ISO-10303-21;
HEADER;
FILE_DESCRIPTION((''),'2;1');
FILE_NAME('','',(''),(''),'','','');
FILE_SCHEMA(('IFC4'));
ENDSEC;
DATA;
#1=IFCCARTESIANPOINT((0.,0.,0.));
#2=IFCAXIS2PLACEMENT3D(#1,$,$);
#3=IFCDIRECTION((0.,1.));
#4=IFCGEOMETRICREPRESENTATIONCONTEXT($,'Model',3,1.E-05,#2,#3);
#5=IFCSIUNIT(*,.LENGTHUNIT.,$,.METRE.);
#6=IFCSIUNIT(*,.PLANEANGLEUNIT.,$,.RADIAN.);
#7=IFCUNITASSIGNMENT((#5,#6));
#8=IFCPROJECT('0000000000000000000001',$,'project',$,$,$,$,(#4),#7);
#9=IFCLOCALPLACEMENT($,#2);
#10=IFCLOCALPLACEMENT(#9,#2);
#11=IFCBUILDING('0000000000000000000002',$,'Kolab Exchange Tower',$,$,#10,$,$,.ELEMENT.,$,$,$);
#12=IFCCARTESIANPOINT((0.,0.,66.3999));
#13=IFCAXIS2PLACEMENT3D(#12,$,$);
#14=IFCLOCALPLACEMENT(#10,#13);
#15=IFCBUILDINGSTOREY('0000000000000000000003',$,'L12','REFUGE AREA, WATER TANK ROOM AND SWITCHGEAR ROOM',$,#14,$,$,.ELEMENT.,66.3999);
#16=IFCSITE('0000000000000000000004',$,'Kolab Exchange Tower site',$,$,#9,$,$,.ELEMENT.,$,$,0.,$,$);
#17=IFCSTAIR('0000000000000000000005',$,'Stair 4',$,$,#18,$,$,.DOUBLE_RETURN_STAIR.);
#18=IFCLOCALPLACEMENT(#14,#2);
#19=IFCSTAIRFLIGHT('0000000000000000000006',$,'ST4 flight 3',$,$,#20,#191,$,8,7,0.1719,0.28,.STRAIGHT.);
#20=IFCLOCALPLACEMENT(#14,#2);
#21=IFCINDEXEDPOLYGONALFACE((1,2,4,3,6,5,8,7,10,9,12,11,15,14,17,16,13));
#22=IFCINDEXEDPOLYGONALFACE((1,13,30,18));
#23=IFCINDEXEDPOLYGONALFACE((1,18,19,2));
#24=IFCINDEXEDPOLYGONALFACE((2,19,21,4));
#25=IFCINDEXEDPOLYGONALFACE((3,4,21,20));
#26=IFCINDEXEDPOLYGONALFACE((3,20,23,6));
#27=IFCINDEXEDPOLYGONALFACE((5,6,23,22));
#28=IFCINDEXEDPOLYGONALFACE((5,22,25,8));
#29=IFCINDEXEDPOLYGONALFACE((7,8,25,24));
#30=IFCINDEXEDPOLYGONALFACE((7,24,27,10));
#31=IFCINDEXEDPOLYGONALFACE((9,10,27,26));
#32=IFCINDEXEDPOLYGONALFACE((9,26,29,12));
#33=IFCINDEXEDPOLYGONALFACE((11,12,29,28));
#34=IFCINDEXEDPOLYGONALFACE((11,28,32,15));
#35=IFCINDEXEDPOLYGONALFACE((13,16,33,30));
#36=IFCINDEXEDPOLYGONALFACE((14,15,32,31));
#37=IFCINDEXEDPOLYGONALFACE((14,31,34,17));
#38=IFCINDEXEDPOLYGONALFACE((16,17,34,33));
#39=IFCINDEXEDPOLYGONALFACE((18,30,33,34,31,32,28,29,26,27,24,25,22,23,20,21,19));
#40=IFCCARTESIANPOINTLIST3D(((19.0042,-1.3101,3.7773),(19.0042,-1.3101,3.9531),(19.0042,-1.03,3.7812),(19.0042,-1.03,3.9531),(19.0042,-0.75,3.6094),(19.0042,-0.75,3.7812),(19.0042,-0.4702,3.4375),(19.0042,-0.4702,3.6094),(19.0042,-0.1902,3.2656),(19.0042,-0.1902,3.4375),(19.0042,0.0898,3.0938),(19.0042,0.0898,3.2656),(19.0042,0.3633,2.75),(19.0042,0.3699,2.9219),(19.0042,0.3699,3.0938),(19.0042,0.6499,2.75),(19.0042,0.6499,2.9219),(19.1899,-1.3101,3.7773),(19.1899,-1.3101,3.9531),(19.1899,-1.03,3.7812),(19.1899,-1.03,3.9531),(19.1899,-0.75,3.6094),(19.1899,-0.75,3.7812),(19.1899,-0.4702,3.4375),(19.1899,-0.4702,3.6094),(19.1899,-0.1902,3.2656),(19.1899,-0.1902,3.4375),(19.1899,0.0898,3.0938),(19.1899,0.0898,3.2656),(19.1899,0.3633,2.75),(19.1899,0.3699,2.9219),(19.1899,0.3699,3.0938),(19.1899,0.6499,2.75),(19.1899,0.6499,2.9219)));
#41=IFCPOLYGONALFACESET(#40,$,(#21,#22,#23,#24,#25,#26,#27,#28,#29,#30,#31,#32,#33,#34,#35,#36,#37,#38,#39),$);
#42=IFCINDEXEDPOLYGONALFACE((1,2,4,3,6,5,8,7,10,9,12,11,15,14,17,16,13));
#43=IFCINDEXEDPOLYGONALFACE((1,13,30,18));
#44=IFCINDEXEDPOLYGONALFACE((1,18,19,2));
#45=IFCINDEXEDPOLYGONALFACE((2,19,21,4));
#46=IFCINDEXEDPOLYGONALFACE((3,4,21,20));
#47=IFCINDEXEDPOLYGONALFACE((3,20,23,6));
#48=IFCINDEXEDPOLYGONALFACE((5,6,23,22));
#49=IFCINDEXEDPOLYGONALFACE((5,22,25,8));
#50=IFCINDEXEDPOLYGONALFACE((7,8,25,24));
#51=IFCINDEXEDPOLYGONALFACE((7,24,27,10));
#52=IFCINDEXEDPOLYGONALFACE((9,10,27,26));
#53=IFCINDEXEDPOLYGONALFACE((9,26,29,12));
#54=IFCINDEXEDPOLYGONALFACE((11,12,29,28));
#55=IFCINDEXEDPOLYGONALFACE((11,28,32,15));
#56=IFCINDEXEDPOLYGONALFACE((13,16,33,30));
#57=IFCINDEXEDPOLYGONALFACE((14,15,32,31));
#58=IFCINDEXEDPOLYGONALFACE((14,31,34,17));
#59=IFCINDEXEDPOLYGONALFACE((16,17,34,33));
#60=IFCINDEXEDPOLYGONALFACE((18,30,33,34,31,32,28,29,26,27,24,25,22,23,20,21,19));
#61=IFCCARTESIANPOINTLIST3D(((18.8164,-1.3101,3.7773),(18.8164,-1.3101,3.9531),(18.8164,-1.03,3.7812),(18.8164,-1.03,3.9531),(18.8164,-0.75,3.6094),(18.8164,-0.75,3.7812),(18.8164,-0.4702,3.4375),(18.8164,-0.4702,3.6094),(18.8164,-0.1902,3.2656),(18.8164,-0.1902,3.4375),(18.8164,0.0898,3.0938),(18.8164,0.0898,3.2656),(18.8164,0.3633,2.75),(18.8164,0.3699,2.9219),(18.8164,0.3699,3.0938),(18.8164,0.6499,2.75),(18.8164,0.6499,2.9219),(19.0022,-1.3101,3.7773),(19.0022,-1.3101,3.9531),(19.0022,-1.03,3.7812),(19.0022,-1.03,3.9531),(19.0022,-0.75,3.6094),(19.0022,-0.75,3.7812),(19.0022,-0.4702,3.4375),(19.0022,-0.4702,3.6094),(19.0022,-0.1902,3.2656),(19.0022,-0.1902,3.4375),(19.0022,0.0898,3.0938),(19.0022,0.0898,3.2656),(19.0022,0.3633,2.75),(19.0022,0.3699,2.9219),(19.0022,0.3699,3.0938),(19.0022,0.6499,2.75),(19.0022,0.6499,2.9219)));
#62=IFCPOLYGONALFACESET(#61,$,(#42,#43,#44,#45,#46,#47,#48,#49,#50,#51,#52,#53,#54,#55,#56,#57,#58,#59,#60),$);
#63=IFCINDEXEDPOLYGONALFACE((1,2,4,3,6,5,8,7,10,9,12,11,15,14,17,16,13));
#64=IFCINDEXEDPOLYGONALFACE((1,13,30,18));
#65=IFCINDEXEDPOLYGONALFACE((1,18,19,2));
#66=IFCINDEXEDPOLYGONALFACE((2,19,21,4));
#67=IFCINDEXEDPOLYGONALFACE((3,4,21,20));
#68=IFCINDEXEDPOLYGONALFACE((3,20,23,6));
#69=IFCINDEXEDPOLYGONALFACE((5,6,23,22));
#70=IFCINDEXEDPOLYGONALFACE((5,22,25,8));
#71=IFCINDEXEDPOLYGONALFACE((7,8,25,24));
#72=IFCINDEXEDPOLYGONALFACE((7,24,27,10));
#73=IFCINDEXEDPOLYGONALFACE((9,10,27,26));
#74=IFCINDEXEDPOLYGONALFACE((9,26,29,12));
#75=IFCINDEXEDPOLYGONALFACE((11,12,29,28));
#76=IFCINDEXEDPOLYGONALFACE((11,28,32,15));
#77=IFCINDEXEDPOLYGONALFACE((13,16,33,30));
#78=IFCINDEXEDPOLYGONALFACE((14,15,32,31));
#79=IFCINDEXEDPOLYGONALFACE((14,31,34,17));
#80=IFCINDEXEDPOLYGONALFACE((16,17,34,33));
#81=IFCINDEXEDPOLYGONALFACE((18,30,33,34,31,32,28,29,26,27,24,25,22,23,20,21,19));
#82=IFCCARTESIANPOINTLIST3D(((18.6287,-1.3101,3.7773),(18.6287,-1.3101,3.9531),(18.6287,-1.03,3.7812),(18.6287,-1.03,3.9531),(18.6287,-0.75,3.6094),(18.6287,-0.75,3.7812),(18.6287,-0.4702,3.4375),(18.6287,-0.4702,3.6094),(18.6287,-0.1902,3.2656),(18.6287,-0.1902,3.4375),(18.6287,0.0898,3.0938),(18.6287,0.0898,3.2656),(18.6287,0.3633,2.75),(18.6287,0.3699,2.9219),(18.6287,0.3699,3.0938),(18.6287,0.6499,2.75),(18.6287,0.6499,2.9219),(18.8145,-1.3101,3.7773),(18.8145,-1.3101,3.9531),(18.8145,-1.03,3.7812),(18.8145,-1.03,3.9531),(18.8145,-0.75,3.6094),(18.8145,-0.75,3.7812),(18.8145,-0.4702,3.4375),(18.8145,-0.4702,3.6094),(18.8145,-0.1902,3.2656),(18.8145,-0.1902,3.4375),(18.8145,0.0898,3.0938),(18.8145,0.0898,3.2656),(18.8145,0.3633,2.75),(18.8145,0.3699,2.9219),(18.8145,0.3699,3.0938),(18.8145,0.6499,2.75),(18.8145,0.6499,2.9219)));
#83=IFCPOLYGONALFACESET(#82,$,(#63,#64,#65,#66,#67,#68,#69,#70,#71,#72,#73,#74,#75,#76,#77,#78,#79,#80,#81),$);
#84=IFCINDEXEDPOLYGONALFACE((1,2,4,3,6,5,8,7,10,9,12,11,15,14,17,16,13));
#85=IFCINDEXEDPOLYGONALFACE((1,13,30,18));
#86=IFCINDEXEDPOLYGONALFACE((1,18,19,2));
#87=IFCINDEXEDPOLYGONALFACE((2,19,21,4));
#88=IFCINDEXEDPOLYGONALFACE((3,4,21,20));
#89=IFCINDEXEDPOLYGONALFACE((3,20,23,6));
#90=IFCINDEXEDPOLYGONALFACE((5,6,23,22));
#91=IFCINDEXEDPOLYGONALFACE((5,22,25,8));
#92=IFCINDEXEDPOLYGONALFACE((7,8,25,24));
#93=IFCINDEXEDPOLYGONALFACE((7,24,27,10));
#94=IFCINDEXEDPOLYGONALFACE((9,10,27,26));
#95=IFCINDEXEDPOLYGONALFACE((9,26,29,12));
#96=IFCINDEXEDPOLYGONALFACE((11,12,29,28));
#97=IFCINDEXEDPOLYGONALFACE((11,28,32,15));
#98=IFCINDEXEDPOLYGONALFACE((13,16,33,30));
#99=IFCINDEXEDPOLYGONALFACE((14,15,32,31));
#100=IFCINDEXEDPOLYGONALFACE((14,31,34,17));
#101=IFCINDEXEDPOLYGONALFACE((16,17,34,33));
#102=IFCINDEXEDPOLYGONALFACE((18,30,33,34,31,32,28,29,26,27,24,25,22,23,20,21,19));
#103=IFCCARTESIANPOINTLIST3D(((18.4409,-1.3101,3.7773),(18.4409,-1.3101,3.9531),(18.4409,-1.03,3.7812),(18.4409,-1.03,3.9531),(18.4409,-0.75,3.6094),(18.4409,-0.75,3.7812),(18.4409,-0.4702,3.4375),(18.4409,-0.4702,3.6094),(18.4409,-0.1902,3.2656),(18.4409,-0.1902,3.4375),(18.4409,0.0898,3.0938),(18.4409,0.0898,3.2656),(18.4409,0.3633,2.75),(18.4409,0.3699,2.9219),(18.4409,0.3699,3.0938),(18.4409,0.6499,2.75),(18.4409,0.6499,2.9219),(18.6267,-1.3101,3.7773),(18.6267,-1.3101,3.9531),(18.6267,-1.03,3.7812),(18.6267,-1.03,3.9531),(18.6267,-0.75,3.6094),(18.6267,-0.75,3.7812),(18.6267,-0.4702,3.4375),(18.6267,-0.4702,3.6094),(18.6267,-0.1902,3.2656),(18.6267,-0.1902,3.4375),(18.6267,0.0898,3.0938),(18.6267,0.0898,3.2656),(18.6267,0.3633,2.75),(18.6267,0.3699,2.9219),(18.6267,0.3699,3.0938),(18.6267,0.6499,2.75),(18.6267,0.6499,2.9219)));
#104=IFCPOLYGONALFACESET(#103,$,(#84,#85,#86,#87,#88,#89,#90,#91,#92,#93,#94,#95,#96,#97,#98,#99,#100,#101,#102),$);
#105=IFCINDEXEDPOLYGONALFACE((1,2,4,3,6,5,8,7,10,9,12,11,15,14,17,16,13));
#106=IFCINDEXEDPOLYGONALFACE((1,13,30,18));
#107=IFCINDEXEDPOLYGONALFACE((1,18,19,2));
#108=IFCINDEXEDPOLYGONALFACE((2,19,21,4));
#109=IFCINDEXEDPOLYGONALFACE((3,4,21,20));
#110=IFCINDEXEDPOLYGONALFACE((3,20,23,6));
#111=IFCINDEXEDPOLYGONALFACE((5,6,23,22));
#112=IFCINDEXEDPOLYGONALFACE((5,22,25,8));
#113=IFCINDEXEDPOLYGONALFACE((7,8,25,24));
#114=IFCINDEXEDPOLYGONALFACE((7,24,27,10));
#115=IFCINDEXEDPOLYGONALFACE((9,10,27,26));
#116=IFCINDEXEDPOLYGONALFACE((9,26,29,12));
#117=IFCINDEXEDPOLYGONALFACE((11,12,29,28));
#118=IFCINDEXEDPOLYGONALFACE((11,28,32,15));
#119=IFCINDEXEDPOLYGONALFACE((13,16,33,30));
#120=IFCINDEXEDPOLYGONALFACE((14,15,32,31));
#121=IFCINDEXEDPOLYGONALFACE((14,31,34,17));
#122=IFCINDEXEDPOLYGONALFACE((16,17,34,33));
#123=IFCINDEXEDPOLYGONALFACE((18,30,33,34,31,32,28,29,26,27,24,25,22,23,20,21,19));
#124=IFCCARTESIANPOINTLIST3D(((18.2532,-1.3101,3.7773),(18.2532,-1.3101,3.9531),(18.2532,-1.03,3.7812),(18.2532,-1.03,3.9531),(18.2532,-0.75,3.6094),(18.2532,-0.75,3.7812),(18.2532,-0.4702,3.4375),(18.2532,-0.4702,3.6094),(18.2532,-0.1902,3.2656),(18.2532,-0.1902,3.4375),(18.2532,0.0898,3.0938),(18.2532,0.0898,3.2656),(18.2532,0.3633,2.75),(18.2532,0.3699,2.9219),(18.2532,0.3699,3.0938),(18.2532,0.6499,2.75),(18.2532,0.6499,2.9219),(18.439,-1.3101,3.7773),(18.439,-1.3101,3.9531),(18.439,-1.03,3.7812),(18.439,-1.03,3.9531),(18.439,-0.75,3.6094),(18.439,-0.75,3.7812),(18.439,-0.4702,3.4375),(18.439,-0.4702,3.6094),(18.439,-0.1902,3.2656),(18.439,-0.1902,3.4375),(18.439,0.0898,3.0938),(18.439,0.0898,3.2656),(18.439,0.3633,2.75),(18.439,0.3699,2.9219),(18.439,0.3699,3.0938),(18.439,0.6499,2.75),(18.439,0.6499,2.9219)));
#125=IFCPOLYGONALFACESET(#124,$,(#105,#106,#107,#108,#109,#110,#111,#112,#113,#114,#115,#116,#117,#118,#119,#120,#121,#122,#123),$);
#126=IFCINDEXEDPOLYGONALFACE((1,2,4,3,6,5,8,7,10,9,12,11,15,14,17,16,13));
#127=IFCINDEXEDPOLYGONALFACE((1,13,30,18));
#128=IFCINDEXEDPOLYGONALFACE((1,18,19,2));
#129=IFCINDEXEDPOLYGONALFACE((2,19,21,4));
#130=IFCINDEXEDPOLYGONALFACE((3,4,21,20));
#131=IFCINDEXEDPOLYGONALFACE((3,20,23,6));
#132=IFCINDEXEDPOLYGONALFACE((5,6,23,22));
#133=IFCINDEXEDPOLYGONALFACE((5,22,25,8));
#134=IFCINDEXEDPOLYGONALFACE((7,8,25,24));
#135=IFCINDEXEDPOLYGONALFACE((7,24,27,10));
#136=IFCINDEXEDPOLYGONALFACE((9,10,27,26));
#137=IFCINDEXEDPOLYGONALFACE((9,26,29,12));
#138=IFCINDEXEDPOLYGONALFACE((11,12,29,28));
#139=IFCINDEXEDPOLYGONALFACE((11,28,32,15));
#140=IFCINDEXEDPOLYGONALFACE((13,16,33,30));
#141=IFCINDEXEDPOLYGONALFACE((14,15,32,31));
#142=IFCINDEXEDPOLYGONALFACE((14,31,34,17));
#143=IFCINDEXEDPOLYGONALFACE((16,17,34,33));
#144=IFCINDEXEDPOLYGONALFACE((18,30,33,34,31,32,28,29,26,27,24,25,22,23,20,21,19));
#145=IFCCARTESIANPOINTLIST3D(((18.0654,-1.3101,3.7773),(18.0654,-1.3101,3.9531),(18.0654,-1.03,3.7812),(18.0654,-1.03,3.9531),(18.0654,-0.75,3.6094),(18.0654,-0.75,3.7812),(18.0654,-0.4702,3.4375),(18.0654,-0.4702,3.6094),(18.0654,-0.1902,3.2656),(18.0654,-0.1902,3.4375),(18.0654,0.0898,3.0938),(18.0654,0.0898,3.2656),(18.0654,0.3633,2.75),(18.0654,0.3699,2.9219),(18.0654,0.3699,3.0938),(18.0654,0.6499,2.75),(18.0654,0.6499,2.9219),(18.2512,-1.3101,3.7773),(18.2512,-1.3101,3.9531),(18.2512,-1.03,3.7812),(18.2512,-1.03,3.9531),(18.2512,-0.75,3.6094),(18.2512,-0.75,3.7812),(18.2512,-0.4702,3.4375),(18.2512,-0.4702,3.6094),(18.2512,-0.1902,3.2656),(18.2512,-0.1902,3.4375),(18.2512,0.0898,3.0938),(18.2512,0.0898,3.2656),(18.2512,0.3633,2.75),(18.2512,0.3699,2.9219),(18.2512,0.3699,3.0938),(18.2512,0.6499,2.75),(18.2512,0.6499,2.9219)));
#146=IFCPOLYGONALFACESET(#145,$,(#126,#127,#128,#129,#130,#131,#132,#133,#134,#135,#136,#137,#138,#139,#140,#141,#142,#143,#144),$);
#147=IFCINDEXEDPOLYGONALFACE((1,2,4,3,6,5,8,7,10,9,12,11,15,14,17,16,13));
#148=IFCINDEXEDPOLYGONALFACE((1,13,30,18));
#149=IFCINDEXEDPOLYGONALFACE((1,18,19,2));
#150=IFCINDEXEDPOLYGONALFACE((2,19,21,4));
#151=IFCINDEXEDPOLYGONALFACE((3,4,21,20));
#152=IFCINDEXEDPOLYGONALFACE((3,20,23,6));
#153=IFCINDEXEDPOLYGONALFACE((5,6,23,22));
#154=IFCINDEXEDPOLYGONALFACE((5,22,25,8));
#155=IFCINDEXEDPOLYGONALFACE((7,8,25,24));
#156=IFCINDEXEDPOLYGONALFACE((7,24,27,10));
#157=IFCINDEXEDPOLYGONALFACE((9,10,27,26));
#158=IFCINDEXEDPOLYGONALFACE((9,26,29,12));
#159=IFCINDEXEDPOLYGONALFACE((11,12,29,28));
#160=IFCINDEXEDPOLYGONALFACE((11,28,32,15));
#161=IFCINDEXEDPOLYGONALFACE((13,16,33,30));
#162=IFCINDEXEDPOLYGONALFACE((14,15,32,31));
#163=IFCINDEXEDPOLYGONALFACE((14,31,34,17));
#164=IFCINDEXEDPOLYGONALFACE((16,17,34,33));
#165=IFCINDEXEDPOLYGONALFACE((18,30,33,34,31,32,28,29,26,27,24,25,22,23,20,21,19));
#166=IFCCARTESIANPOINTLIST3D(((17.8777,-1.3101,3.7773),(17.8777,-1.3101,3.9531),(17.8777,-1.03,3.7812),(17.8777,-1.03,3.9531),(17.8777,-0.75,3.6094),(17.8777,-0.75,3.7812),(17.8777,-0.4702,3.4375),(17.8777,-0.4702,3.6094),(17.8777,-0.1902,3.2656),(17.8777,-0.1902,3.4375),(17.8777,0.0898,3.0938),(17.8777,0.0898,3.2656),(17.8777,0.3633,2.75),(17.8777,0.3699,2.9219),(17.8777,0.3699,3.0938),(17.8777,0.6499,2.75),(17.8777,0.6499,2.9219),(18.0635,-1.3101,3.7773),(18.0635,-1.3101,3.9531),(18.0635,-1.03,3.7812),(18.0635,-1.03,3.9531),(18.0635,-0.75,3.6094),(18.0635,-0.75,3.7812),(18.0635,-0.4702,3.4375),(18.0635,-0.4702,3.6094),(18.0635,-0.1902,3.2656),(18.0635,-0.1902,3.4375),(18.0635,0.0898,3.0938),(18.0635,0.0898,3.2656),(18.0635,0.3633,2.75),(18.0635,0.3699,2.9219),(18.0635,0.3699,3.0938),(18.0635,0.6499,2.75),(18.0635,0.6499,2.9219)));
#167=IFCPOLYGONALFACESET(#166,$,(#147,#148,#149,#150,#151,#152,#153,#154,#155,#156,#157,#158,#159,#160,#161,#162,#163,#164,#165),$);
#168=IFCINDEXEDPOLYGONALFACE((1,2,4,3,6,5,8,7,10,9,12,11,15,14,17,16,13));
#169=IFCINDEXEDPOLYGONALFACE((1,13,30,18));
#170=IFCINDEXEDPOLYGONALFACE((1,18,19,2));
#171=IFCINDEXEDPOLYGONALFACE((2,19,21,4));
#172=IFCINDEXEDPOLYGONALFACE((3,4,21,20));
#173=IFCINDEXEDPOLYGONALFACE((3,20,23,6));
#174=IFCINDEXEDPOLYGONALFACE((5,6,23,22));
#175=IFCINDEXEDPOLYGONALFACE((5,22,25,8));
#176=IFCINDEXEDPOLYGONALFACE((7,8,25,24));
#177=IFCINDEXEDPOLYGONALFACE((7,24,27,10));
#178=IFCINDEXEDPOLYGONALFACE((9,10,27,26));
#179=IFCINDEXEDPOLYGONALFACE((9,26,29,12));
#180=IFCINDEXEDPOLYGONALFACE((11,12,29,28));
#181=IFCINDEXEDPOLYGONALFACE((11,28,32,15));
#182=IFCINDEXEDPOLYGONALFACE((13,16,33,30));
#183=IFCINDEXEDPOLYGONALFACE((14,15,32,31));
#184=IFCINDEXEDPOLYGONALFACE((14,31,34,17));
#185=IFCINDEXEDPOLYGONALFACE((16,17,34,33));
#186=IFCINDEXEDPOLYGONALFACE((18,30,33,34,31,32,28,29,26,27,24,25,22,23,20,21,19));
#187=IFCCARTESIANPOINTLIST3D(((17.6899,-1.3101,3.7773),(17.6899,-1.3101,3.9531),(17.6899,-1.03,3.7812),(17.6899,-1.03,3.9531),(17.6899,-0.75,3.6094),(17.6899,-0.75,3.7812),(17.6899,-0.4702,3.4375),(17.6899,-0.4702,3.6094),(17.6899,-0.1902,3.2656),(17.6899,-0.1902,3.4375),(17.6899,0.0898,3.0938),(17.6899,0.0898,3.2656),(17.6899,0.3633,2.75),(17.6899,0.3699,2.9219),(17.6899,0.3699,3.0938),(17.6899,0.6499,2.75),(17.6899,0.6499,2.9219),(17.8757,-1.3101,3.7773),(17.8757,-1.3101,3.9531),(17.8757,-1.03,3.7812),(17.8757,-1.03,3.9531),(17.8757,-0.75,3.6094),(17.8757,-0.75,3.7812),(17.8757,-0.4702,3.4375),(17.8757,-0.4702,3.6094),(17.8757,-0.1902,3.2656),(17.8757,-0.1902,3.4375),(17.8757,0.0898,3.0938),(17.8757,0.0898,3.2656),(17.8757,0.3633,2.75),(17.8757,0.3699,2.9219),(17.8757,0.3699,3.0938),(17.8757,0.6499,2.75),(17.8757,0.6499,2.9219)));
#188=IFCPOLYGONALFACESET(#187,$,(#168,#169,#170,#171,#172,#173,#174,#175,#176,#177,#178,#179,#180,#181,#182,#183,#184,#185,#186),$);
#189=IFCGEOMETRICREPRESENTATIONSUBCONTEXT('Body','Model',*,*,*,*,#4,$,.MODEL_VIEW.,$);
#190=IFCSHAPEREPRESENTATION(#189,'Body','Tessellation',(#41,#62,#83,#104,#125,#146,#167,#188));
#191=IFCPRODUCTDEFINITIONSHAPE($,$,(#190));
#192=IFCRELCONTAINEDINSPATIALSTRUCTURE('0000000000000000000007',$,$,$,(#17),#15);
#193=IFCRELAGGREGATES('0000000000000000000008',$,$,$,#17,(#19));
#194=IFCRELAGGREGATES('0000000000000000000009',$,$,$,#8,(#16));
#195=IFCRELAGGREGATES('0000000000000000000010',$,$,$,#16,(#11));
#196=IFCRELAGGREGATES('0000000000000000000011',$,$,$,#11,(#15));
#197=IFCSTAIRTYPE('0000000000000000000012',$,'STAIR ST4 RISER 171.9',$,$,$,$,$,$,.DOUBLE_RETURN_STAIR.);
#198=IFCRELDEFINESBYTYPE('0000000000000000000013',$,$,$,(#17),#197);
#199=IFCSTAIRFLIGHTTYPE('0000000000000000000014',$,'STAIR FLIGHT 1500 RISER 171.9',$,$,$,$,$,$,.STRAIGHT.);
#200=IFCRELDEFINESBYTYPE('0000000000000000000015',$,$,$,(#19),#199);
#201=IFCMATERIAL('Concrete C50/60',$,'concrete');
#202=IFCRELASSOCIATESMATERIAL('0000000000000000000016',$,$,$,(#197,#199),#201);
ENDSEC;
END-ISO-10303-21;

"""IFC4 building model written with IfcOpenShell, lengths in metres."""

from ifc_helpers import new_model, si_unit, direction, frame, origin, place, context, subcontext, project, spatial, polyline, outline, extrude, material, type_object, element, aggregate, save


model = new_model("IFC4")

# Units and contexts
model_context = context("Model", 3, precision=1e-05, world=origin(), true_north=direction((0.0, 1.0)))
body_context = subcontext(model_context, "Body", "Model", "MODEL_VIEW")
ifc_project = project(units=[si_unit("LENGTHUNIT", "METRE"), si_unit("PLANEANGLEUNIT", "RADIAN")], contexts=[model_context])

# Site, building, storey
site_placement = place(None, origin())
site = spatial("IfcSite", under=ifc_project, at=site_placement, Name="Kolab Exchange Tower site", CompositionType="ELEMENT", RefElevation=0.0)
building_placement = place(site_placement, origin())
building = spatial("IfcBuilding", under=site, at=building_placement, Name="Kolab Exchange Tower", CompositionType="ELEMENT")
storey_placement = place(building_placement, frame((0.0, 0.0, 66.3999)))
storey = spatial("IfcBuildingStorey", under=building, at=storey_placement, Name="L12", Description="REFUGE AREA, WATER TANK ROOM AND SWITCHGEAR ROOM", CompositionType="ELEMENT", Elevation=66.3999)

# Stair, stair flight
ifc_material_1 = material(Name="Concrete C50/60", Category="concrete")
stair_type = type_object("IfcStairType", Name="STAIR ST4 RISER 171.9", PredefinedType="DOUBLE_RETURN_STAIR", material=ifc_material_1)
stair_placement = place(storey_placement, origin())
stair = element("IfcStair", 1, at=stair_placement, inside=storey, type_object=stair_type, Name="Stair 4", PredefinedType="DOUBLE_RETURN_STAIR")
stair_flight_type = type_object("IfcStairFlightType", Name="STAIR FLIGHT 1500 RISER 171.9", PredefinedType="STRAIGHT", material=ifc_material_1)
stair_flight_1_placement = place(storey_placement, frame((18.4399, 0.6499, 2.75), z_axis=(0.0, 0.0, 1.0), x_axis=(0.0, -1.0, 0.0)))
stair_flight_1 = element("IfcStairFlight", 2, at=stair_flight_1_placement, type_object=stair_flight_type, Name="ST4 flight 3", NumberOfRisers=8, NumberOfTreads=7, PredefinedType="STRAIGHT", RiserHeight=0.1719, TreadLength=0.28, context=body_context, shape_type="SweptSolid", body=[
    extrude(outline(polyline([(0.0, 0.0), (0.0, 0.1719), (0.28, 0.1719), (0.28, 0.3438), (0.5601, 0.3438), (0.5601, 0.5156), (0.8401, 0.5156), (0.8401, 0.6875), (1.1201, 0.6875), (1.1201, 0.8594), (1.3999, 0.8594), (1.3999, 1.0312), (1.6799, 1.0312), (1.6799, 1.2031), (1.96, 1.2031), (1.96, 1.375), (1.96, 1.0273), (0.2866, 0.0), (0.0, 0.0)])), frame((0.0, 0.75, 0.0), z_axis=(0.0, -1.0, 0.0), x_axis=(1.0, 0.0, 0.0)), (0.0, 0.0, 1.0), 0.1858),
    extrude(outline(polyline([(0.0, 0.0), (0.0, 0.1719), (0.28, 0.1719), (0.28, 0.3438), (0.5601, 0.3438), (0.5601, 0.5156), (0.8401, 0.5156), (0.8401, 0.6875), (1.1201, 0.6875), (1.1201, 0.8594), (1.3999, 0.8594), (1.3999, 1.0312), (1.6799, 1.0312), (1.6799, 1.2031), (1.96, 1.2031), (1.96, 1.375), (1.96, 1.0273), (0.2866, 0.0), (0.0, 0.0)])), frame((0.0, 0.5623, 0.0), z_axis=(0.0, -1.0, 0.0), x_axis=(1.0, 0.0, 0.0)), (0.0, 0.0, 1.0), 0.1858),
    extrude(outline(polyline([(0.0, 0.0), (0.0, 0.1719), (0.28, 0.1719), (0.28, 0.3438), (0.5601, 0.3438), (0.5601, 0.5156), (0.8401, 0.5156), (0.8401, 0.6875), (1.1201, 0.6875), (1.1201, 0.8594), (1.3999, 0.8594), (1.3999, 1.0312), (1.6799, 1.0312), (1.6799, 1.2031), (1.96, 1.2031), (1.96, 1.375), (1.96, 1.0273), (0.2866, 0.0), (0.0, 0.0)])), frame((0.0, 0.3745, 0.0), z_axis=(0.0, -1.0, 0.0), x_axis=(1.0, 0.0, 0.0)), (0.0, 0.0, 1.0), 0.1858),
    extrude(outline(polyline([(0.0, 0.0), (0.0, 0.1719), (0.28, 0.1719), (0.28, 0.3438), (0.5601, 0.3438), (0.5601, 0.5156), (0.8401, 0.5156), (0.8401, 0.6875), (1.1201, 0.6875), (1.1201, 0.8594), (1.3999, 0.8594), (1.3999, 1.0312), (1.6799, 1.0312), (1.6799, 1.2031), (1.96, 1.2031), (1.96, 1.375), (1.96, 1.0273), (0.2866, 0.0), (0.0, 0.0)])), frame((0.0, 0.1868, 0.0), z_axis=(0.0, -1.0, 0.0), x_axis=(1.0, 0.0, 0.0)), (0.0, 0.0, 1.0), 0.1858),
    extrude(outline(polyline([(0.0, 0.0), (0.0, 0.1719), (0.28, 0.1719), (0.28, 0.3438), (0.5601, 0.3438), (0.5601, 0.5156), (0.8401, 0.5156), (0.8401, 0.6875), (1.1201, 0.6875), (1.1201, 0.8594), (1.3999, 0.8594), (1.3999, 1.0312), (1.6799, 1.0312), (1.6799, 1.2031), (1.96, 1.2031), (1.96, 1.375), (1.96, 1.0273), (0.2866, 0.0), (0.0, 0.0)])), frame((0.0, -0.001, 0.0), z_axis=(0.0, -1.0, 0.0), x_axis=(1.0, 0.0, 0.0)), (0.0, 0.0, 1.0), 0.1858),
    extrude(outline(polyline([(0.0, 0.0), (0.0, 0.1719), (0.28, 0.1719), (0.28, 0.3438), (0.5601, 0.3438), (0.5601, 0.5156), (0.8401, 0.5156), (0.8401, 0.6875), (1.1201, 0.6875), (1.1201, 0.8594), (1.3999, 0.8594), (1.3999, 1.0312), (1.6799, 1.0312), (1.6799, 1.2031), (1.96, 1.2031), (1.96, 1.375), (1.96, 1.0273), (0.2866, 0.0), (0.0, 0.0)])), frame((0.0, -0.1887, 0.0), z_axis=(0.0, -1.0, 0.0), x_axis=(1.0, 0.0, 0.0)), (0.0, 0.0, 1.0), 0.1858),
    extrude(outline(polyline([(0.0, 0.0), (0.0, 0.1719), (0.28, 0.1719), (0.28, 0.3438), (0.5601, 0.3438), (0.5601, 0.5156), (0.8401, 0.5156), (0.8401, 0.6875), (1.1201, 0.6875), (1.1201, 0.8594), (1.3999, 0.8594), (1.3999, 1.0312), (1.6799, 1.0312), (1.6799, 1.2031), (1.96, 1.2031), (1.96, 1.375), (1.96, 1.0273), (0.2866, 0.0), (0.0, 0.0)])), frame((0.0, -0.3765, 0.0), z_axis=(0.0, -1.0, 0.0), x_axis=(1.0, 0.0, 0.0)), (0.0, 0.0, 1.0), 0.1858),
    extrude(outline(polyline([(0.0, 0.0), (0.0, 0.1719), (0.28, 0.1719), (0.28, 0.3438), (0.5601, 0.3438), (0.5601, 0.5156), (0.8401, 0.5156), (0.8401, 0.6875), (1.1201, 0.6875), (1.1201, 0.8594), (1.3999, 0.8594), (1.3999, 1.0312), (1.6799, 1.0312), (1.6799, 1.2031), (1.96, 1.2031), (1.96, 1.375), (1.96, 1.0273), (0.2866, 0.0), (0.0, 0.0)])), frame((0.0, -0.5642, 0.0), z_axis=(0.0, -1.0, 0.0), x_axis=(1.0, 0.0, 0.0)), (0.0, 0.0, 1.0), 0.1858),
])
aggregate(stair, [stair_flight_1])

save(model, "model.ifc")
